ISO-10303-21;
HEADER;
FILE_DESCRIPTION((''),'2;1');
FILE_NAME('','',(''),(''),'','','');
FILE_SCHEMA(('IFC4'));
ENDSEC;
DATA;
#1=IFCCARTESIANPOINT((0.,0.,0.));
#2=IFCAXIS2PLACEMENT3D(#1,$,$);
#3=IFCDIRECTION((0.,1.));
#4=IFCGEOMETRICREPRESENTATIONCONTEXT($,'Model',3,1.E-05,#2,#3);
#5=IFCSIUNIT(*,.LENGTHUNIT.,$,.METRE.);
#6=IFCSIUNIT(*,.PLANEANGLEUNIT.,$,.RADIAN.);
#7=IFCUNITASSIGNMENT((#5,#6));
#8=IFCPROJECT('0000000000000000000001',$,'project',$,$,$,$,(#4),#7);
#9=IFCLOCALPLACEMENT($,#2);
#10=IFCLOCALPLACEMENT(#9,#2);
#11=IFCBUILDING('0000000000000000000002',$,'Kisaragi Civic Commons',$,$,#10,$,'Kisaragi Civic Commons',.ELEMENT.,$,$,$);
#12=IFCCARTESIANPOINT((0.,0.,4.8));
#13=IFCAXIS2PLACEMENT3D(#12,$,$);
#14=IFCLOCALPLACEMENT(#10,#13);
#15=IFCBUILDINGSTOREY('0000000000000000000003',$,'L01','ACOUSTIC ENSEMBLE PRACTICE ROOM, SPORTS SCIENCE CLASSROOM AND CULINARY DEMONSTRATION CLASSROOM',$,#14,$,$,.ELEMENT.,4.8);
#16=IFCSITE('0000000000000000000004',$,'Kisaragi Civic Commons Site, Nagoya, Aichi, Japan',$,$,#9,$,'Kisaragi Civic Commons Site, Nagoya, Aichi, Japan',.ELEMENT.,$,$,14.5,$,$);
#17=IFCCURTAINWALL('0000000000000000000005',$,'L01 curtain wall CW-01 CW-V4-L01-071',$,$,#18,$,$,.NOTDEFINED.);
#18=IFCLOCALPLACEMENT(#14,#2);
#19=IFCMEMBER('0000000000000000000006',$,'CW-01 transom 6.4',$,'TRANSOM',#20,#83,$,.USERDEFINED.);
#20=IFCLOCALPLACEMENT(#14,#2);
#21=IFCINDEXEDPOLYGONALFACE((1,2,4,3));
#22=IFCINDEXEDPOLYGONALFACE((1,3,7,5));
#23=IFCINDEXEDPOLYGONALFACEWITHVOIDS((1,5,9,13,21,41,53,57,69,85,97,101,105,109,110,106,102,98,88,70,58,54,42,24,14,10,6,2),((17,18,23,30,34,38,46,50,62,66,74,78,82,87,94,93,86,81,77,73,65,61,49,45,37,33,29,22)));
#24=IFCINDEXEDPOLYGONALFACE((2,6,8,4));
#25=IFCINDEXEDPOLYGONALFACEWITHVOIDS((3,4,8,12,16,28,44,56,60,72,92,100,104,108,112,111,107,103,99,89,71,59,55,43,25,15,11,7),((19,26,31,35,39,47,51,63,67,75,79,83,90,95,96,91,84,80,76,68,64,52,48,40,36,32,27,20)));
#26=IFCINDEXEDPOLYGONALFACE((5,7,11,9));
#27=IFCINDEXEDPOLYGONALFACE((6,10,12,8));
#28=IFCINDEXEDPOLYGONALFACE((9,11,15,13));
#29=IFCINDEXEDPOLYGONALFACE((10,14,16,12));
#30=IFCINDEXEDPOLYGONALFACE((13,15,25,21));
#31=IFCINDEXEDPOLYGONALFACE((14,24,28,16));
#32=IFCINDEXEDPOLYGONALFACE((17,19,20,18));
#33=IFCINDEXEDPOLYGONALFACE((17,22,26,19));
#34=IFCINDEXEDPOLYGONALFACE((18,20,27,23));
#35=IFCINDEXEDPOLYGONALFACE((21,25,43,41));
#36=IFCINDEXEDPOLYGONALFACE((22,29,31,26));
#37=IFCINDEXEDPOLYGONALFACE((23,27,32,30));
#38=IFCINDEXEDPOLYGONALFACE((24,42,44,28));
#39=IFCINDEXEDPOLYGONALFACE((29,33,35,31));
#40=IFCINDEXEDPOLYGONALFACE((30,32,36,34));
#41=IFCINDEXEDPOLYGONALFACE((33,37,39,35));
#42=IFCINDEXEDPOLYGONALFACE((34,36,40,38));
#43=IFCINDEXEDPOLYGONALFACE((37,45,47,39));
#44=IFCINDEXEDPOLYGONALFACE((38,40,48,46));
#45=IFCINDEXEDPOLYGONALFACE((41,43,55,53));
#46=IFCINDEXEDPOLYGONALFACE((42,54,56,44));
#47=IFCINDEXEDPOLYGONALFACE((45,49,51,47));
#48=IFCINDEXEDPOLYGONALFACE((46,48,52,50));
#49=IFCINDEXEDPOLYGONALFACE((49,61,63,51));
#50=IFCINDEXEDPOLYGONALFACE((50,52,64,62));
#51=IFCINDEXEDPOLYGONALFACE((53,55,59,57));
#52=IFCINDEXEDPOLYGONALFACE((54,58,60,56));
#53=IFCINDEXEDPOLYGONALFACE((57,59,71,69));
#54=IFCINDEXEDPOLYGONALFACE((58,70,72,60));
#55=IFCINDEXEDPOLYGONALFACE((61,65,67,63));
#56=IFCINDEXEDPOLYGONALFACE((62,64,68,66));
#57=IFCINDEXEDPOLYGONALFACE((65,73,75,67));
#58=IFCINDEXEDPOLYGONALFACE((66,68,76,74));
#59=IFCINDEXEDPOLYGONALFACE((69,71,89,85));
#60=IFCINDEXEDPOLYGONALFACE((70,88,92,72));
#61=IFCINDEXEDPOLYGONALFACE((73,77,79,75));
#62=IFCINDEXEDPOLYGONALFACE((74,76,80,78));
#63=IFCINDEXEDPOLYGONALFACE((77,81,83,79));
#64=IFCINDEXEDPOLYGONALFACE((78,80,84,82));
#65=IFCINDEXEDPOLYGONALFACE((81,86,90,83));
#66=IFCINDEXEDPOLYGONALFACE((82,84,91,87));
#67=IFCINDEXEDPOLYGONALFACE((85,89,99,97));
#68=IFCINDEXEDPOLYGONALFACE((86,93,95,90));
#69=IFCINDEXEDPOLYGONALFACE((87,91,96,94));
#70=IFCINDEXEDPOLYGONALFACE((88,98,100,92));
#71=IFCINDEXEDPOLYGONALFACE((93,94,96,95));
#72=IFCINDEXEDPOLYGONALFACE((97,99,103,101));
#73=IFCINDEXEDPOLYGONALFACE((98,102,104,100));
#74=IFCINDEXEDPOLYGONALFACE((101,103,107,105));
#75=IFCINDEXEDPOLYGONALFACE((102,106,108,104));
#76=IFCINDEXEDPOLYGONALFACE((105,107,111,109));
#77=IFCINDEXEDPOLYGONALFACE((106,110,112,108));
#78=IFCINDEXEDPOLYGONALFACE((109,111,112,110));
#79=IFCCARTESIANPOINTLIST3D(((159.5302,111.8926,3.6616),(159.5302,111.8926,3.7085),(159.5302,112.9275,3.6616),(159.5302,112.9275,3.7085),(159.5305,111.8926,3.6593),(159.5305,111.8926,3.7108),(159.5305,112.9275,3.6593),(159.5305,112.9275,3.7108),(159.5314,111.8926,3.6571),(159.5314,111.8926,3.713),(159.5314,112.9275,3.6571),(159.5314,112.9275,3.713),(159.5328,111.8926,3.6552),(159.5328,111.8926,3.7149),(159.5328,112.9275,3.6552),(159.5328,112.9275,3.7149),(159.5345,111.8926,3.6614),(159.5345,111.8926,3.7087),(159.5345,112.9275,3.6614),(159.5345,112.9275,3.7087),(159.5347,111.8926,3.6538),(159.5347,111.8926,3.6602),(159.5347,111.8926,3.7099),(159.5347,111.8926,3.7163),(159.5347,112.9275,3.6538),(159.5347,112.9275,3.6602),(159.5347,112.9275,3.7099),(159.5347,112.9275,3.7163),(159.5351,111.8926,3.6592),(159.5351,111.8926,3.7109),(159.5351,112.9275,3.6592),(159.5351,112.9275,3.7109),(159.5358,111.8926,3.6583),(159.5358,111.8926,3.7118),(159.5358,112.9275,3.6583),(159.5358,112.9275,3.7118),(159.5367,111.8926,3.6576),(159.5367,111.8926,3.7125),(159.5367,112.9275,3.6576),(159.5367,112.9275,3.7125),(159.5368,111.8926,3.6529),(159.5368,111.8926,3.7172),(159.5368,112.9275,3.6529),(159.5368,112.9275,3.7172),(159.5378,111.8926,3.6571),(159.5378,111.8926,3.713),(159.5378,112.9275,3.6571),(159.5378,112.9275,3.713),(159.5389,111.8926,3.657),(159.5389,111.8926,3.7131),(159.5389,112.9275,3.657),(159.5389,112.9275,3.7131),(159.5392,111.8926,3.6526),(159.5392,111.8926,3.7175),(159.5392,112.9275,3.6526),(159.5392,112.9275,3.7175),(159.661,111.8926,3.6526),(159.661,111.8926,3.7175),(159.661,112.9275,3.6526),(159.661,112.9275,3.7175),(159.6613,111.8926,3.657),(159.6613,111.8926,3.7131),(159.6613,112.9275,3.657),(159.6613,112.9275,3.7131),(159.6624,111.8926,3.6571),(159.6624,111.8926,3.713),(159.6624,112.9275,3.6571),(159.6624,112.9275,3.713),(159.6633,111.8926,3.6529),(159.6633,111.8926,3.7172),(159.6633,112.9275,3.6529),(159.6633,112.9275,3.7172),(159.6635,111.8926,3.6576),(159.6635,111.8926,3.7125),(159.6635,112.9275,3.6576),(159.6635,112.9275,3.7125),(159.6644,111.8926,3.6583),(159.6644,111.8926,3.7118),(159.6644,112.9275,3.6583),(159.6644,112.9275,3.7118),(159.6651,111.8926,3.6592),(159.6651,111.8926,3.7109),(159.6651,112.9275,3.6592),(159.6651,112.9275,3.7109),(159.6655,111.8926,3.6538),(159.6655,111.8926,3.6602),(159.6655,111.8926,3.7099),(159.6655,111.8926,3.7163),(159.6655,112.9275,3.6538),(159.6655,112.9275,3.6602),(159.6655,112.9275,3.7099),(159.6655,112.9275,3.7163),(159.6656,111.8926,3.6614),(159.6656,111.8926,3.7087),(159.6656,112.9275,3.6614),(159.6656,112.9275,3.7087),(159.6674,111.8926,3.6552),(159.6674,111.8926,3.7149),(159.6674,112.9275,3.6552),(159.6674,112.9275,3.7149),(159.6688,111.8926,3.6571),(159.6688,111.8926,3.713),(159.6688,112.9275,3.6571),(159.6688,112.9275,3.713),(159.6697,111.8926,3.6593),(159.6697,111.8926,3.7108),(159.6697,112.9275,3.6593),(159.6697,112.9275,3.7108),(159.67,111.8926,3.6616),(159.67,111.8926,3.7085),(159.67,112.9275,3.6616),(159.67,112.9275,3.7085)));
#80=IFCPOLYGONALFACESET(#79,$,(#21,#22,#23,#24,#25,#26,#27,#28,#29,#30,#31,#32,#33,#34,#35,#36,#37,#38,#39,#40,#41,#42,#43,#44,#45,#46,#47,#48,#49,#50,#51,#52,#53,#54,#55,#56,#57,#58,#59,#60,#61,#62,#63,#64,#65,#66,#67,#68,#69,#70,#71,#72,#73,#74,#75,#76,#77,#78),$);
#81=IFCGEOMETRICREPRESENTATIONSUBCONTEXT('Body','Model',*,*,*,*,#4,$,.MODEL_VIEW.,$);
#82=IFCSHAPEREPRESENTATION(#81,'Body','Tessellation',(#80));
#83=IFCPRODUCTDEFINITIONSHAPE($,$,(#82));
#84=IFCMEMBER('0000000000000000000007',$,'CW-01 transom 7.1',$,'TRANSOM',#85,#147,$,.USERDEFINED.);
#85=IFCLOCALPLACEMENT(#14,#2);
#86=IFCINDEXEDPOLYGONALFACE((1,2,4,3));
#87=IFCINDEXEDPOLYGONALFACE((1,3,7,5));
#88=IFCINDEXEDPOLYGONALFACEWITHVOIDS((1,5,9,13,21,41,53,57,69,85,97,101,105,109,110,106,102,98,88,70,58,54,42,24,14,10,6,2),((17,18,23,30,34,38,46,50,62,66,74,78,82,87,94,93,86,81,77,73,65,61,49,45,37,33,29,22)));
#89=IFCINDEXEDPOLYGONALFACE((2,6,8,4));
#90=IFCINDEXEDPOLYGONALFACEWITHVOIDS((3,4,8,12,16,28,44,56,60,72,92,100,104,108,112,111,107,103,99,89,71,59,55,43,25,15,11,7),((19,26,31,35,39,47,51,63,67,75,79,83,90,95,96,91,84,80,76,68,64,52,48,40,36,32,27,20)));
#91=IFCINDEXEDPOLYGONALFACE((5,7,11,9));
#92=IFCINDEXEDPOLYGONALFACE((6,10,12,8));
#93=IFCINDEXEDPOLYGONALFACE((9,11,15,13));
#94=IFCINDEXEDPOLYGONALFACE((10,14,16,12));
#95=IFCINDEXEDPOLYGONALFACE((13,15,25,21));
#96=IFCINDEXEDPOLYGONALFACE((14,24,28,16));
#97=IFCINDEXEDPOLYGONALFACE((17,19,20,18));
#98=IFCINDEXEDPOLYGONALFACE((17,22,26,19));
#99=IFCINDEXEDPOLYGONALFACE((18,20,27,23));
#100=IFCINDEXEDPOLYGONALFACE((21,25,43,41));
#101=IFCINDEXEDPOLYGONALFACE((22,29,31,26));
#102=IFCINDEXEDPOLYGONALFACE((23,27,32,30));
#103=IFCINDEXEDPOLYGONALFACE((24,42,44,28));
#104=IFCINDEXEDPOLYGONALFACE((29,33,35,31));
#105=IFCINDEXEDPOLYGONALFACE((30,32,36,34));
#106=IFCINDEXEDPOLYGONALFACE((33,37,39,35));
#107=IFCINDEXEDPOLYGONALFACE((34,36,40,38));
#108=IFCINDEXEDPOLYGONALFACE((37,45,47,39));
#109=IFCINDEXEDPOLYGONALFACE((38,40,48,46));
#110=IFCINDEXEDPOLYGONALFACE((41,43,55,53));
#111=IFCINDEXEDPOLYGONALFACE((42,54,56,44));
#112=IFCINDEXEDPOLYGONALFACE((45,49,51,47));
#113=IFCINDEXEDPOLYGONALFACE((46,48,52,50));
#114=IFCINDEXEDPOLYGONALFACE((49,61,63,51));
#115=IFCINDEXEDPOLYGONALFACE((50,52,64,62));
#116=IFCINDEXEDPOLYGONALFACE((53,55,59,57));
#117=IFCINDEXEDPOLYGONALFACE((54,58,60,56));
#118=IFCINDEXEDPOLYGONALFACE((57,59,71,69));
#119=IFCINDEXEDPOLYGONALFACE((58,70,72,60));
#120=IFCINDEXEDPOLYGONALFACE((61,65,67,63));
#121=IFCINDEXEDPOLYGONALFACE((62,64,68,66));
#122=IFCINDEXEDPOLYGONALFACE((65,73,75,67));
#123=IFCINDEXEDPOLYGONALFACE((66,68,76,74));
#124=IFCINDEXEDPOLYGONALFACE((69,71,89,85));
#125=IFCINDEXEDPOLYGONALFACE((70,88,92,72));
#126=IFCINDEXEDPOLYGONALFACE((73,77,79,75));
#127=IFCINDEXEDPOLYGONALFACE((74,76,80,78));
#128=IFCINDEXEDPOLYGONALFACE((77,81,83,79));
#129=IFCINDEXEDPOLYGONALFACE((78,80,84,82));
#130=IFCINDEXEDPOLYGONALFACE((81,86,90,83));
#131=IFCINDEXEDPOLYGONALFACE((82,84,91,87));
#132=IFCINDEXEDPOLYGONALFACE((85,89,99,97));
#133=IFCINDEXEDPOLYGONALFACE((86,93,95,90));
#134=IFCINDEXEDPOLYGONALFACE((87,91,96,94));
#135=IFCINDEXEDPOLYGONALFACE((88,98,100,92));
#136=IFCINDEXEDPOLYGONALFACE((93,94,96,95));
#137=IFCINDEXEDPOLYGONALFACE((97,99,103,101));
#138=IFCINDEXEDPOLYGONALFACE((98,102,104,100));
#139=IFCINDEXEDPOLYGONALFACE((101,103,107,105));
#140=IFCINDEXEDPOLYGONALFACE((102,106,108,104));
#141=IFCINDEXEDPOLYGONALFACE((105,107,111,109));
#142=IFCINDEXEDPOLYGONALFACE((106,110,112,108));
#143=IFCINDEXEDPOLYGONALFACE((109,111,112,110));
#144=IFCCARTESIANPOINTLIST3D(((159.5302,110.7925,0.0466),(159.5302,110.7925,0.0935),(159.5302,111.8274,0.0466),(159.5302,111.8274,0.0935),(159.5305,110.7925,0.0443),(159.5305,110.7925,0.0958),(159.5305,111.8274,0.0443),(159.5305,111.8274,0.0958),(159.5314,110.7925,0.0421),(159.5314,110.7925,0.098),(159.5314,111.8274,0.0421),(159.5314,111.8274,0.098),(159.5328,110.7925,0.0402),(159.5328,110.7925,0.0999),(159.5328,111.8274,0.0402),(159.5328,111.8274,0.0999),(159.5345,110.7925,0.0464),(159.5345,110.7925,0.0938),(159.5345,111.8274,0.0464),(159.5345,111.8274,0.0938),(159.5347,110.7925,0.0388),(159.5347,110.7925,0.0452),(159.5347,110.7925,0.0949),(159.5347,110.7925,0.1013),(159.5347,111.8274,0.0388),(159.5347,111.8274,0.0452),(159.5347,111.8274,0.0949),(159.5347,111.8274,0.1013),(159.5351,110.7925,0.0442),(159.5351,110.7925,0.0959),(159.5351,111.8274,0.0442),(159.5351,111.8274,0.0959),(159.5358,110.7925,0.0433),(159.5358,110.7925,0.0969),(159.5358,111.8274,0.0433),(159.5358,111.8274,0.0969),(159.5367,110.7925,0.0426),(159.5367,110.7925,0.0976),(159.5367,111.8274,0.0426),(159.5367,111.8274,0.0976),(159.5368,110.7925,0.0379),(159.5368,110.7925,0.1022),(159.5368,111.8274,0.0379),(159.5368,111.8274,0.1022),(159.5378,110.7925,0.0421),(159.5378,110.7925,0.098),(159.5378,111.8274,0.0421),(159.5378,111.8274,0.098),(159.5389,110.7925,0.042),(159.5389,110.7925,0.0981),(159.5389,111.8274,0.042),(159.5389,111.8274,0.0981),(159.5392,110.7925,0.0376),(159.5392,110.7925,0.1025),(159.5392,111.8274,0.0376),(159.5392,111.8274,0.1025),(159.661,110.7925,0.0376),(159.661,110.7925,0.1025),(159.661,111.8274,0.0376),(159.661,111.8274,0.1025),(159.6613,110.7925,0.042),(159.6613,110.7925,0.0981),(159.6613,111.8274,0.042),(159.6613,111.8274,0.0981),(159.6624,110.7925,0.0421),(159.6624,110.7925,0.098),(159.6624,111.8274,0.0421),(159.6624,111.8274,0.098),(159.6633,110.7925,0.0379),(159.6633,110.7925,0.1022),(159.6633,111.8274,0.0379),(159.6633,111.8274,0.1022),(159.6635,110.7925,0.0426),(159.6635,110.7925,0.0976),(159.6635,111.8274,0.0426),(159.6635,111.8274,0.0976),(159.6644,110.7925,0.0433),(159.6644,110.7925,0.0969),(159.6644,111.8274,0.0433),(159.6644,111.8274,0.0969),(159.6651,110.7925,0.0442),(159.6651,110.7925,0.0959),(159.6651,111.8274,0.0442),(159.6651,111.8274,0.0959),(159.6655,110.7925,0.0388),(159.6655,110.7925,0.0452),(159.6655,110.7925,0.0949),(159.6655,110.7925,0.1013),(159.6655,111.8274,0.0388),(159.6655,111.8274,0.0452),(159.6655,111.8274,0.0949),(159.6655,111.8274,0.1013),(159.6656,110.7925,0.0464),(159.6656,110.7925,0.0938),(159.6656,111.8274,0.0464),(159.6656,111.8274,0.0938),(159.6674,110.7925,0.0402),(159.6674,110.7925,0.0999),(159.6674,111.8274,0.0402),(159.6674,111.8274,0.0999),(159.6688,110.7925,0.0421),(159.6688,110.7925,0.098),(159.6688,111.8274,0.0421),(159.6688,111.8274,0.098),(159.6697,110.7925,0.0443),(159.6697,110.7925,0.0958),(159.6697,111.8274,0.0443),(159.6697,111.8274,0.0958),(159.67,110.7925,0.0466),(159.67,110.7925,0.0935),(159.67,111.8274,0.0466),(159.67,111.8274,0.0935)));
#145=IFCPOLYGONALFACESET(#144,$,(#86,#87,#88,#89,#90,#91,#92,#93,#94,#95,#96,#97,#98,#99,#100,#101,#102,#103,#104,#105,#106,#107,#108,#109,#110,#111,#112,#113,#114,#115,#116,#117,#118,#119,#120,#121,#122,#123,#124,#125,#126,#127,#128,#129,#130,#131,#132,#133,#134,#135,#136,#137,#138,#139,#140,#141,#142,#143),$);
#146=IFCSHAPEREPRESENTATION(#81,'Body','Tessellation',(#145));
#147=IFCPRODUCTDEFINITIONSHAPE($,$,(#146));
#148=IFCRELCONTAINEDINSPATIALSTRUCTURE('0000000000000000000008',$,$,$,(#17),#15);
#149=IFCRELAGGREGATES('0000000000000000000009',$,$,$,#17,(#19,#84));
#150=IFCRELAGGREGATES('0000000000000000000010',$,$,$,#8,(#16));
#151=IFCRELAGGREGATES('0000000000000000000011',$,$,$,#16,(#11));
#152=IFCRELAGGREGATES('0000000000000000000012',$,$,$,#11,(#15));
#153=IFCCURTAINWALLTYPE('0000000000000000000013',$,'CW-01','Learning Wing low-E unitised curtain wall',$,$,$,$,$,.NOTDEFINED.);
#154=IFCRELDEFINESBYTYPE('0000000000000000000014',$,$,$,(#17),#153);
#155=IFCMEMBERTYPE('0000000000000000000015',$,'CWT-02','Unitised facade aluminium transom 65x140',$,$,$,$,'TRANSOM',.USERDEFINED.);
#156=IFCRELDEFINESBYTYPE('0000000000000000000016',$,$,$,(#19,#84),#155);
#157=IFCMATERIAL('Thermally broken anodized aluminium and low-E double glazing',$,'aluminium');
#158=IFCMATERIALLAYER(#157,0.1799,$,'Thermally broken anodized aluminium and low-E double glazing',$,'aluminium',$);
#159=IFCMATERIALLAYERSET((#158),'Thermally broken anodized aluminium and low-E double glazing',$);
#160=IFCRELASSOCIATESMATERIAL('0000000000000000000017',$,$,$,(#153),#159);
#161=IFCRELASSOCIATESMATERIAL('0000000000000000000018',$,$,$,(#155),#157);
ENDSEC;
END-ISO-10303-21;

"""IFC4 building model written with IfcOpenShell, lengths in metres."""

from ifc_helpers import new_model, si_unit, direction, frame, origin, origin_2d, place, context, subcontext, project, spatial, hollow_rectangle, extrude, material, layer, layer_set, material_profile, profile_set, type_object, element, aggregate, save


model = new_model("IFC4")

# Units and contexts
model_context = context("Model", 3, precision=1e-05, world=origin(), true_north=direction((0.0, 1.0)))
body_context = subcontext(model_context, "Body", "Model", "MODEL_VIEW")
ifc_project = project(units=[si_unit("LENGTHUNIT", "METRE"), si_unit("PLANEANGLEUNIT", "RADIAN")], contexts=[model_context])

# Site, building, storey
site_placement = place(None, origin())
site = spatial("IfcSite", under=ifc_project, at=site_placement, Name="Kisaragi Civic Commons Site, Nagoya, Aichi, Japan", LongName="Kisaragi Civic Commons Site, Nagoya, Aichi, Japan", CompositionType="ELEMENT", RefElevation=14.5)
building_placement = place(site_placement, origin())
building = spatial("IfcBuilding", under=site, at=building_placement, Name="Kisaragi Civic Commons", LongName="Kisaragi Civic Commons", CompositionType="ELEMENT")
storey_placement = place(building_placement, frame((0.0, 0.0, 4.8)))
storey = spatial("IfcBuildingStorey", under=building, at=storey_placement, Name="L01", Description="ACOUSTIC ENSEMBLE PRACTICE ROOM, SPORTS SCIENCE CLASSROOM AND CULINARY DEMONSTRATION CLASSROOM", CompositionType="ELEMENT", Elevation=4.8)

# Curtain wall, members
ifc_material = material(Name="Thermally broken anodized aluminium and low-E double glazing", Category="aluminium")
ifc_layer_1 = layer(ifc_material, 0.1799, Name="Thermally broken anodized aluminium and low-E double glazing", Category="aluminium")
ifc_layer_set_1 = layer_set([ifc_layer_1], Name="Thermally broken anodized aluminium and low-E double glazing")
curtain_wall_type = type_object("IfcCurtainWallType", Name="CW-01", Description="Learning Wing low-E unitised curtain wall", PredefinedType="NOTDEFINED", material=ifc_layer_set_1)
curtain_wall_placement = place(storey_placement, origin())
curtain_wall = element("IfcCurtainWall", 1, at=curtain_wall_placement, inside=storey, type_object=curtain_wall_type, Name="L01 curtain wall CW-01 CW-V4-L01-071", PredefinedType="NOTDEFINED")
ifc_material_profile_1 = material_profile(ifc_material, hollow_rectangle(XDim=0.1399, YDim=0.0649, WallThickness=0.0044, InnerFilletRadius=0.0044, OuterFilletRadius=0.009, at=origin_2d()), Name="CWT-65x140x4.5", Category="aluminium")
ifc_profile_set_1 = profile_set([ifc_material_profile_1], Name="Thermally broken anodized aluminium and low-E double glazing")
member_type_1 = type_object("IfcMemberType", Name="CWT-02", Description="Unitised facade aluminium transom 65x140", ElementType="TRANSOM", PredefinedType="USERDEFINED", material=ifc_profile_set_1)
member_1_placement = place(storey_placement, frame((159.6001, 112.9275, 3.6851), z_axis=(0.0, -1.0, 0.0), x_axis=(1.0, 0.0, 0.0)))
member_1 = element("IfcMember", 2, at=member_1_placement, type_object=member_type_1, Name="CW-01 transom 6.4", ObjectType="TRANSOM", PredefinedType="USERDEFINED", context=body_context, shape_type="SweptSolid", body=[
    extrude(hollow_rectangle(XDim=0.1399, YDim=0.0649, WallThickness=0.0044, InnerFilletRadius=0.0044, OuterFilletRadius=0.009, at=origin_2d()), origin(), (0.0, 0.0, 1.0), 1.0349),
])
member_2_placement = place(storey_placement, frame((159.6001, 111.8274, 0.0701), z_axis=(0.0, -1.0, 0.0), x_axis=(1.0, 0.0, 0.0)))
member_2 = element("IfcMember", 3, at=member_2_placement, type_object=member_type_1, Name="CW-01 transom 7.1", ObjectType="TRANSOM", PredefinedType="USERDEFINED", context=body_context, shape_type="SweptSolid", body=[
    extrude(hollow_rectangle(XDim=0.1399, YDim=0.0649, WallThickness=0.0044, InnerFilletRadius=0.0044, OuterFilletRadius=0.009, at=origin_2d()), origin(), (0.0, 0.0, 1.0), 1.0349),
])
aggregate(curtain_wall, [member_1, member_2])

save(model, "model.ifc")
